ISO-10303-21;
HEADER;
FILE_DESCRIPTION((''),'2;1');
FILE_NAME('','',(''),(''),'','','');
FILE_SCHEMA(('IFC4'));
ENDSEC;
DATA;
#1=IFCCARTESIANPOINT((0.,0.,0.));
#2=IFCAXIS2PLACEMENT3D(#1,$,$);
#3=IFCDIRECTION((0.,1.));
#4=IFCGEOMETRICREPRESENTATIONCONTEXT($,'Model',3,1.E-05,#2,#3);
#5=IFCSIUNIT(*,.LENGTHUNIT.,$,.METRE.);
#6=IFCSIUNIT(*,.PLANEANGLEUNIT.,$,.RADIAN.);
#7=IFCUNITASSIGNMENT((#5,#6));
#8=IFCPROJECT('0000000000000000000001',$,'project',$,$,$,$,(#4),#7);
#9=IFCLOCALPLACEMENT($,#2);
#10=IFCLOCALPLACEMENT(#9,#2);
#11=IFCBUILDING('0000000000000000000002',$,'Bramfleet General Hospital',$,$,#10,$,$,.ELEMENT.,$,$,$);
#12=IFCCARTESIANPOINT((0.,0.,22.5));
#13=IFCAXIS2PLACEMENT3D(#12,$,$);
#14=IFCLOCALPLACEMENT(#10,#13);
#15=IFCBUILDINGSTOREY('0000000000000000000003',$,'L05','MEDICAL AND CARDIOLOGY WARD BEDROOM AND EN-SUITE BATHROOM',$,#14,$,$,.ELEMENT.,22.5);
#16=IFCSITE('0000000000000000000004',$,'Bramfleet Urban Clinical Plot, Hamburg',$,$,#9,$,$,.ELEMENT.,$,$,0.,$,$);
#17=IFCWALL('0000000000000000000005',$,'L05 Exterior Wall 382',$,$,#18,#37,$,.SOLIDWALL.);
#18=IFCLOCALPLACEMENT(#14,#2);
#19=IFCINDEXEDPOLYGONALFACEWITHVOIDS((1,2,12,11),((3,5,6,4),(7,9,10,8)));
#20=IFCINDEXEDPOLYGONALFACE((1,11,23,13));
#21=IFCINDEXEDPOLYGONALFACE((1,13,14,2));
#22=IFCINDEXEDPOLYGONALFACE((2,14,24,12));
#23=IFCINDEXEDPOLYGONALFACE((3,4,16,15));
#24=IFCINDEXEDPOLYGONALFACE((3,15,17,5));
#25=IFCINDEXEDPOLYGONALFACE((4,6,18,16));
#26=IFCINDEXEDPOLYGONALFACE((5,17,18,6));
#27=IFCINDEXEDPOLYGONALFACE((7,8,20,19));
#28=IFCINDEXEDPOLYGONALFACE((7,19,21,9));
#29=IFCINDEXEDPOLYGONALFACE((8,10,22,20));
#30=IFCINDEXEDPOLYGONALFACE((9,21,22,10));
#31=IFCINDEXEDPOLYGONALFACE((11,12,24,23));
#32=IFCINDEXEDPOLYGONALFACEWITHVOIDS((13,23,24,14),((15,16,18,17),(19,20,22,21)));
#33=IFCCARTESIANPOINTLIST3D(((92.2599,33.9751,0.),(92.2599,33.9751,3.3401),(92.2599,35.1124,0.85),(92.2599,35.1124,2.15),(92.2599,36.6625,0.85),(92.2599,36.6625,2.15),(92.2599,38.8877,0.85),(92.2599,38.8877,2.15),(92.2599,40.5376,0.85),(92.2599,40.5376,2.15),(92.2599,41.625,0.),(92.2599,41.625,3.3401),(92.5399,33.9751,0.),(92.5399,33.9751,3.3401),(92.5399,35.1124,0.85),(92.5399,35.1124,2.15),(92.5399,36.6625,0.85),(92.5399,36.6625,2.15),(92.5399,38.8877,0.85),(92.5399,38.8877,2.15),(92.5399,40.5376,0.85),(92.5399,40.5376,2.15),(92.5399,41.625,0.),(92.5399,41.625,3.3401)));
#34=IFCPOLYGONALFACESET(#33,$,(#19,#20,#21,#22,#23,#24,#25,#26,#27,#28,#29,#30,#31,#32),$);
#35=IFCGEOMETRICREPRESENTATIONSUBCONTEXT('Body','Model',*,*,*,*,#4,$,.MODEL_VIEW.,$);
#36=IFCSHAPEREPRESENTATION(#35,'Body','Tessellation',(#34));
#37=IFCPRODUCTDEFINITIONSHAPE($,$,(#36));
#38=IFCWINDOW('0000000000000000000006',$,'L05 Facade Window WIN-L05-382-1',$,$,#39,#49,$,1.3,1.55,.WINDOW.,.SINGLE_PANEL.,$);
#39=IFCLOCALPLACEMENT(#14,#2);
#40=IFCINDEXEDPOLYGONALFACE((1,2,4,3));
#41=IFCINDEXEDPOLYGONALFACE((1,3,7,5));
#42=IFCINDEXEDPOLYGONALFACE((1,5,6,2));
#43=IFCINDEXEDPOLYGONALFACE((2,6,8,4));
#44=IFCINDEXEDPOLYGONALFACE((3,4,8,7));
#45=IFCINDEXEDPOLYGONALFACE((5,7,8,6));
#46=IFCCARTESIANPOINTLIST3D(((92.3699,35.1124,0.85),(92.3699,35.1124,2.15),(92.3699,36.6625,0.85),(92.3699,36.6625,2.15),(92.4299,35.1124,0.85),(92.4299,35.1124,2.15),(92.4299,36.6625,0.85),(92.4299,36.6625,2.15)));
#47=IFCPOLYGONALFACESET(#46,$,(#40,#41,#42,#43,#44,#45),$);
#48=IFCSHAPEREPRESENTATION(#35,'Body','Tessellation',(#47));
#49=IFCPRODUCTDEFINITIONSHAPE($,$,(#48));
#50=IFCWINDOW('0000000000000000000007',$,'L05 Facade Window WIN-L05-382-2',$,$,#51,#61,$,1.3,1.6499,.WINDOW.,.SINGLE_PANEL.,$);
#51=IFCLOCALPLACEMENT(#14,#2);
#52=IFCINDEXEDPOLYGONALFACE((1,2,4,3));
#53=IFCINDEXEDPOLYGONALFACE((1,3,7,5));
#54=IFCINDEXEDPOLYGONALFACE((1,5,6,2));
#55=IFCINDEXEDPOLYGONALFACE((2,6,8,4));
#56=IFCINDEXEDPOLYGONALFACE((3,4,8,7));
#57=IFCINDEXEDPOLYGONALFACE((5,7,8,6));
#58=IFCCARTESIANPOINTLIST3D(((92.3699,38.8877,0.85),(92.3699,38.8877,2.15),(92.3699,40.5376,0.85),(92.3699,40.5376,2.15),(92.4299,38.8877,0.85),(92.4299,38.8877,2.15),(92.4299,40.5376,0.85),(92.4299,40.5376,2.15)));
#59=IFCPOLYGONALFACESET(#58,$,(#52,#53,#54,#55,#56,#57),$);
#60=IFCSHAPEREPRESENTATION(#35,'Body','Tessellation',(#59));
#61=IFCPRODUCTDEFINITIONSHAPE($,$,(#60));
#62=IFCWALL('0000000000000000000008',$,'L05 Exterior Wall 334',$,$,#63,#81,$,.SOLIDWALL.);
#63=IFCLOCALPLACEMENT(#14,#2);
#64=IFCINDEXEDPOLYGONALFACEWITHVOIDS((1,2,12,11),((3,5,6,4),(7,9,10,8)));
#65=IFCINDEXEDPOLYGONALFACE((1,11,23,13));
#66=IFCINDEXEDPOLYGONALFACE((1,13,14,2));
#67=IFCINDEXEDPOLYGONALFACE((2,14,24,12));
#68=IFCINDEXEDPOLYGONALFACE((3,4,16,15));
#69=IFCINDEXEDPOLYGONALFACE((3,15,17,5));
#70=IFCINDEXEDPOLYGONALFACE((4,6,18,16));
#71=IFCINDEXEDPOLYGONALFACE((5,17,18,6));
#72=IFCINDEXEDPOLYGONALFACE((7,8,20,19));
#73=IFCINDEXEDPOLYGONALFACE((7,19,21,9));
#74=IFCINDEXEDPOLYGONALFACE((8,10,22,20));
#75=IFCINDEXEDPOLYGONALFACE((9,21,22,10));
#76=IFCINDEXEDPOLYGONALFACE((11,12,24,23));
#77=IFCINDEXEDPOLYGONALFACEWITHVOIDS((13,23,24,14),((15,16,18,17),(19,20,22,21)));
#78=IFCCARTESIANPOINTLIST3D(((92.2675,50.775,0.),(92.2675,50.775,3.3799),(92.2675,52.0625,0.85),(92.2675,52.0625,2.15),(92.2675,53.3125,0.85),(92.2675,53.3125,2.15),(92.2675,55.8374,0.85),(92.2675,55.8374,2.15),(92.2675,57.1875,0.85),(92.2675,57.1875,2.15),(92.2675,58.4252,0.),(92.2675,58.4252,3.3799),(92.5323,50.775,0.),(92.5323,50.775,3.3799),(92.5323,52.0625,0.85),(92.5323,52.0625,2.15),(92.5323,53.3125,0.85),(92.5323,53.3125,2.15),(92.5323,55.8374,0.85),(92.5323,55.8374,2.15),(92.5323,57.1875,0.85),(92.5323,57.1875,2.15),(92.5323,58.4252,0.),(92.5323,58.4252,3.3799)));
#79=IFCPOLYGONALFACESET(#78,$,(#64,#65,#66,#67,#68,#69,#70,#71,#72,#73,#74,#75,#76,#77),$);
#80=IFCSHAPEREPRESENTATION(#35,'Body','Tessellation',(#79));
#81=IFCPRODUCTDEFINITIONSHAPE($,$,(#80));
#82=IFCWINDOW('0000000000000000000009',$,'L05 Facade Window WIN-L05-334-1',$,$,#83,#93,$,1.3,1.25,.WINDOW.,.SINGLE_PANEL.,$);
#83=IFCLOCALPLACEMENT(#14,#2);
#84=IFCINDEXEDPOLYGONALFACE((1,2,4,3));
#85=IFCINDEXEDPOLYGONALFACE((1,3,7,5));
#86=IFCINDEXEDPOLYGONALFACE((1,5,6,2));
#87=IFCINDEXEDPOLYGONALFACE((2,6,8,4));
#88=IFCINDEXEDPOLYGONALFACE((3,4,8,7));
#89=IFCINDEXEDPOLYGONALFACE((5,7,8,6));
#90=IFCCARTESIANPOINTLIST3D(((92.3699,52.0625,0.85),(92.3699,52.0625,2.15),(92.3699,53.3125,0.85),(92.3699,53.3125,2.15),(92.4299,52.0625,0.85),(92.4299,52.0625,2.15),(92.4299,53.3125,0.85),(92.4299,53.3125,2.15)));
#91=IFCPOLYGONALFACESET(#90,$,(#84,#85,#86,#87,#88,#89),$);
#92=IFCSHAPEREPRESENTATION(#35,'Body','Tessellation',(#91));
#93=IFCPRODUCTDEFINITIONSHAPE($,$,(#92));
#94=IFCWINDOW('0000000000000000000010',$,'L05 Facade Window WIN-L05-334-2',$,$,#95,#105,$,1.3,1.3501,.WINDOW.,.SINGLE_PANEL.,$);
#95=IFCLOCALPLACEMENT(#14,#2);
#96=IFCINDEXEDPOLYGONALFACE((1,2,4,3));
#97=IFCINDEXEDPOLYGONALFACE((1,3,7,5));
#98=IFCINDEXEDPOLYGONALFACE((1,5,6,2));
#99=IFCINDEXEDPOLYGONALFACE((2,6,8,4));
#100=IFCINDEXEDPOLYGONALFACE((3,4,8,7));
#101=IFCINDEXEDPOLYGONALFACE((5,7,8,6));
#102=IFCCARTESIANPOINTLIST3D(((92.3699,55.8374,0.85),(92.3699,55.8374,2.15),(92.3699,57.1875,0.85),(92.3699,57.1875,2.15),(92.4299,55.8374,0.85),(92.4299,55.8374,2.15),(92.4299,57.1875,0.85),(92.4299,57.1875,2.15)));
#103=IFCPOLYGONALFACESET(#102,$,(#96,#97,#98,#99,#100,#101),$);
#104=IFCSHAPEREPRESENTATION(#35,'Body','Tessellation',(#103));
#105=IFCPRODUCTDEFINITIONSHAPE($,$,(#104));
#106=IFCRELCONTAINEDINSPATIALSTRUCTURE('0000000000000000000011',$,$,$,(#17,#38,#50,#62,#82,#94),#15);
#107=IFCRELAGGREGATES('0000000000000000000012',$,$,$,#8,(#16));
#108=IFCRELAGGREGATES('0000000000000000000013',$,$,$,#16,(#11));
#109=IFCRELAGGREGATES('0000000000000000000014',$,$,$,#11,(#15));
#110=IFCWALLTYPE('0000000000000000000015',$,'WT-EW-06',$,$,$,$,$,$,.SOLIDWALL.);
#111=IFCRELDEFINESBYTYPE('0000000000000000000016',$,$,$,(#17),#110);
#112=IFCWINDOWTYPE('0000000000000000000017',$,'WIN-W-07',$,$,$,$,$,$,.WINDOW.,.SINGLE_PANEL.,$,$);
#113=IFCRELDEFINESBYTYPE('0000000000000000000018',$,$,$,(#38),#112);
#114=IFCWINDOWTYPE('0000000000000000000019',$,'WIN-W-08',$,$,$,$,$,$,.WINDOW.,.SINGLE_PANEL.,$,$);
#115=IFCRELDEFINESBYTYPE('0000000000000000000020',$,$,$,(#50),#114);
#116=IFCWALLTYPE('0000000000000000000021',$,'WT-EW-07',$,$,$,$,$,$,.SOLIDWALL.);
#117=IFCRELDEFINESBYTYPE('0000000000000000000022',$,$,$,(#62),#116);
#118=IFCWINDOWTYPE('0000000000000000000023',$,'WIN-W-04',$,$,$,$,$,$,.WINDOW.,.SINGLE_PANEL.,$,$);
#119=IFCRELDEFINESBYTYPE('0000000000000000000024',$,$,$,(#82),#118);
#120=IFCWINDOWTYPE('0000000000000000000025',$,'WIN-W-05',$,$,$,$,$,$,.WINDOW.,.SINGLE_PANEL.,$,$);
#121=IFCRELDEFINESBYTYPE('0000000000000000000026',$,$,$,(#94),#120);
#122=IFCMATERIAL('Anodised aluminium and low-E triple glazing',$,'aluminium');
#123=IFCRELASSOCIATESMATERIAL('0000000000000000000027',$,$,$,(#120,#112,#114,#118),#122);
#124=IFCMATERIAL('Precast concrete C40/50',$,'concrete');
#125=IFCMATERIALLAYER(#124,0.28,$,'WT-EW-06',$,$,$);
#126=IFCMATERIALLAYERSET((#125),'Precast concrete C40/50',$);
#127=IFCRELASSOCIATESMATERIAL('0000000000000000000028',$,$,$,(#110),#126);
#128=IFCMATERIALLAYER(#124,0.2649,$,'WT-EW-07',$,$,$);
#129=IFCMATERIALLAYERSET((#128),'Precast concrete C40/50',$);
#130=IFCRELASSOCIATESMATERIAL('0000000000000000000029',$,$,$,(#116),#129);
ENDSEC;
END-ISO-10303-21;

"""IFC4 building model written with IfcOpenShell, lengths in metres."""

from ifc_helpers import new_model, si_unit, direction, frame, frame_2d, origin, place, context, subcontext, project, spatial, rectangle, extrude, material, layer, layer_set, type_object, element, fill, save


model = new_model("IFC4")

# Units and contexts
model_context = context("Model", 3, precision=1e-05, world=origin(), true_north=direction((0.0, 1.0)))
body_context = subcontext(model_context, "Body", "Model", "MODEL_VIEW")
ifc_project = project(units=[si_unit("LENGTHUNIT", "METRE"), si_unit("PLANEANGLEUNIT", "RADIAN")], contexts=[model_context])

# Site, building, storey
site_placement = place(None, origin())
site = spatial("IfcSite", under=ifc_project, at=site_placement, Name="Bramfleet Urban Clinical Plot, Hamburg", CompositionType="ELEMENT", RefElevation=0.0)
building_placement = place(site_placement, origin())
building = spatial("IfcBuilding", under=site, at=building_placement, Name="Bramfleet General Hospital", CompositionType="ELEMENT")
storey_placement = place(building_placement, frame((0.0, 0.0, 22.5)))
storey = spatial("IfcBuildingStorey", under=building, at=storey_placement, Name="L05", Description="MEDICAL AND CARDIOLOGY WARD BEDROOM AND EN-SUITE BATHROOM", CompositionType="ELEMENT", Elevation=22.5)

# Shared definitions
ifc_material_1 = material(Name="Anodised aluminium and low-E triple glazing", Category="aluminium")

# Walls, openings, windows
ifc_material_2 = material(Name="Precast concrete C40/50", Category="concrete")
window_type_1 = type_object("IfcWindowType", Name="WIN-W-05", PartitioningType="SINGLE_PANEL", PredefinedType="WINDOW", material=ifc_material_1)
ifc_layer_1 = layer(ifc_material_2, 0.28, Name="WT-EW-06")
ifc_layer_set_1 = layer_set([ifc_layer_1], Name="Precast concrete C40/50")
wall_type_1 = type_object("IfcWallType", Name="WT-EW-06", PredefinedType="SOLIDWALL", material=ifc_layer_set_1)
wall_1_placement = place(storey_placement, frame((92.3999, 33.9751, 0.0), z_axis=(0.0, 0.0, 1.0), x_axis=(0.0, 1.0, 0.0)))
wall_1 = element("IfcWall", 1, at=wall_1_placement, inside=storey, type_object=wall_type_1, Name="L05 Exterior Wall 382", PredefinedType="SOLIDWALL", context=body_context, shape_type="SweptSolid", body=[
    extrude(rectangle(XDim=7.6499, YDim=0.28, at=frame_2d((3.825, 0.0))), origin(), (0.0, 0.0, 1.0), 3.3401),
])
opening_1_placement = place(wall_1_placement, frame((1.1375, 0.0, 0.8501)))
opening_1 = element("IfcOpeningElement", 2, at=opening_1_placement, cuts=wall_1, PredefinedType="OPENING", context=body_context, shape_type="SweptSolid", body=[
    extrude(rectangle(XDim=1.55, YDim=1.3, at=frame_2d((0.7749, 0.6499))), frame((0.0, 0.1499, 0.0), z_axis=(0.0, -1.0, 0.0), x_axis=(1.0, 0.0, 0.0)), (0.0, 0.0, 1.0), 0.3),
])
opening_2_placement = place(wall_1_placement, frame((4.9126, 0.0, 0.8501)))
opening_2 = element("IfcOpeningElement", 3, at=opening_2_placement, cuts=wall_1, PredefinedType="OPENING", context=body_context, shape_type="SweptSolid", body=[
    extrude(rectangle(XDim=1.6499, YDim=1.3, at=frame_2d((0.825, 0.6499))), frame((0.0, 0.1499, 0.0), z_axis=(0.0, -1.0, 0.0), x_axis=(1.0, 0.0, 0.0)), (0.0, 0.0, 1.0), 0.3),
])
window_type_2 = type_object("IfcWindowType", Name="WIN-W-07", PartitioningType="SINGLE_PANEL", PredefinedType="WINDOW", material=ifc_material_1)
window_1_placement = place(opening_1_placement, origin())
window_1 = element("IfcWindow", 4, at=window_1_placement, inside=storey, type_object=window_type_2, Name="L05 Facade Window WIN-L05-382-1", OverallHeight=1.3, OverallWidth=1.55, PartitioningType="SINGLE_PANEL", PredefinedType="WINDOW", context=body_context, shape_type="SweptSolid", body=[
    extrude(rectangle(XDim=1.55, YDim=1.3, at=frame_2d((0.7749, 0.6499))), frame((0.0, 0.03, 0.0), z_axis=(0.0, -1.0, 0.0), x_axis=(1.0, 0.0, 0.0)), (0.0, 0.0, 1.0), 0.0601),
])
fill(opening_1, window_1)
window_type_3 = type_object("IfcWindowType", Name="WIN-W-08", PartitioningType="SINGLE_PANEL", PredefinedType="WINDOW", material=ifc_material_1)
window_2_placement = place(opening_2_placement, origin())
window_2 = element("IfcWindow", 5, at=window_2_placement, inside=storey, type_object=window_type_3, Name="L05 Facade Window WIN-L05-382-2", OverallHeight=1.3, OverallWidth=1.6499, PartitioningType="SINGLE_PANEL", PredefinedType="WINDOW", context=body_context, shape_type="SweptSolid", body=[
    extrude(rectangle(XDim=1.6499, YDim=1.3, at=frame_2d((0.825, 0.6499))), frame((0.0, 0.03, 0.0), z_axis=(0.0, -1.0, 0.0), x_axis=(1.0, 0.0, 0.0)), (0.0, 0.0, 1.0), 0.0601),
])
fill(opening_2, window_2)
ifc_layer_2 = layer(ifc_material_2, 0.2649, Name="WT-EW-07")
ifc_layer_set_2 = layer_set([ifc_layer_2], Name="Precast concrete C40/50")
wall_type_2 = type_object("IfcWallType", Name="WT-EW-07", PredefinedType="SOLIDWALL", material=ifc_layer_set_2)
wall_2_placement = place(storey_placement, frame((92.3999, 50.7749, 0.0), z_axis=(0.0, 0.0, 1.0), x_axis=(0.0, 1.0, 0.0)))
wall_2 = element("IfcWall", 6, at=wall_2_placement, inside=storey, type_object=wall_type_2, Name="L05 Exterior Wall 334", PredefinedType="SOLIDWALL", context=body_context, shape_type="SweptSolid", body=[
    extrude(rectangle(XDim=7.6501, YDim=0.2649, at=frame_2d((3.8252, 0.0))), origin(), (0.0, 0.0, 1.0), 3.3799),
])
opening_3_placement = place(wall_2_placement, frame((1.2876, 0.0, 0.8501)))
opening_3 = element("IfcOpeningElement", 7, at=opening_3_placement, cuts=wall_2, PredefinedType="OPENING", context=body_context, shape_type="SweptSolid", body=[
    extrude(rectangle(XDim=1.25, YDim=1.3, at=frame_2d((0.625, 0.6499))), frame((0.0, 0.1423, 0.0), z_axis=(0.0, -1.0, 0.0), x_axis=(1.0, 0.0, 0.0)), (0.0, 0.0, 1.0), 0.2849),
])
opening_4_placement = place(wall_2_placement, frame((5.0625, 0.0, 0.8501)))
opening_4 = element("IfcOpeningElement", 8, at=opening_4_placement, cuts=wall_2, PredefinedType="OPENING", context=body_context, shape_type="SweptSolid", body=[
    extrude(rectangle(XDim=1.3501, YDim=1.3, at=frame_2d((0.675, 0.6499))), frame((0.0, 0.1423, 0.0), z_axis=(0.0, -1.0, 0.0), x_axis=(1.0, 0.0, 0.0)), (0.0, 0.0, 1.0), 0.2849),
])
window_type_4 = type_object("IfcWindowType", Name="WIN-W-04", PartitioningType="SINGLE_PANEL", PredefinedType="WINDOW", material=ifc_material_1)
window_3_placement = place(opening_3_placement, origin())
window_3 = element("IfcWindow", 9, at=window_3_placement, inside=storey, type_object=window_type_4, Name="L05 Facade Window WIN-L05-334-1", OverallHeight=1.3, OverallWidth=1.25, PartitioningType="SINGLE_PANEL", PredefinedType="WINDOW", context=body_context, shape_type="SweptSolid", body=[
    extrude(rectangle(XDim=1.25, YDim=1.3, at=frame_2d((0.625, 0.6499))), frame((0.0, 0.03, 0.0), z_axis=(0.0, -1.0, 0.0), x_axis=(1.0, 0.0, 0.0)), (0.0, 0.0, 1.0), 0.0601),
])
fill(opening_3, window_3)
window_4_placement = place(opening_4_placement, origin())
window_4 = element("IfcWindow", 10, at=window_4_placement, inside=storey, type_object=window_type_1, Name="L05 Facade Window WIN-L05-334-2", OverallHeight=1.3, OverallWidth=1.3501, PartitioningType="SINGLE_PANEL", PredefinedType="WINDOW", context=body_context, shape_type="SweptSolid", body=[
    extrude(rectangle(XDim=1.3501, YDim=1.3, at=frame_2d((0.675, 0.6499))), frame((0.0, 0.03, 0.0), z_axis=(0.0, -1.0, 0.0), x_axis=(1.0, 0.0, 0.0)), (0.0, 0.0, 1.0), 0.0601),
])
fill(opening_4, window_4)

save(model, "model.ifc")
